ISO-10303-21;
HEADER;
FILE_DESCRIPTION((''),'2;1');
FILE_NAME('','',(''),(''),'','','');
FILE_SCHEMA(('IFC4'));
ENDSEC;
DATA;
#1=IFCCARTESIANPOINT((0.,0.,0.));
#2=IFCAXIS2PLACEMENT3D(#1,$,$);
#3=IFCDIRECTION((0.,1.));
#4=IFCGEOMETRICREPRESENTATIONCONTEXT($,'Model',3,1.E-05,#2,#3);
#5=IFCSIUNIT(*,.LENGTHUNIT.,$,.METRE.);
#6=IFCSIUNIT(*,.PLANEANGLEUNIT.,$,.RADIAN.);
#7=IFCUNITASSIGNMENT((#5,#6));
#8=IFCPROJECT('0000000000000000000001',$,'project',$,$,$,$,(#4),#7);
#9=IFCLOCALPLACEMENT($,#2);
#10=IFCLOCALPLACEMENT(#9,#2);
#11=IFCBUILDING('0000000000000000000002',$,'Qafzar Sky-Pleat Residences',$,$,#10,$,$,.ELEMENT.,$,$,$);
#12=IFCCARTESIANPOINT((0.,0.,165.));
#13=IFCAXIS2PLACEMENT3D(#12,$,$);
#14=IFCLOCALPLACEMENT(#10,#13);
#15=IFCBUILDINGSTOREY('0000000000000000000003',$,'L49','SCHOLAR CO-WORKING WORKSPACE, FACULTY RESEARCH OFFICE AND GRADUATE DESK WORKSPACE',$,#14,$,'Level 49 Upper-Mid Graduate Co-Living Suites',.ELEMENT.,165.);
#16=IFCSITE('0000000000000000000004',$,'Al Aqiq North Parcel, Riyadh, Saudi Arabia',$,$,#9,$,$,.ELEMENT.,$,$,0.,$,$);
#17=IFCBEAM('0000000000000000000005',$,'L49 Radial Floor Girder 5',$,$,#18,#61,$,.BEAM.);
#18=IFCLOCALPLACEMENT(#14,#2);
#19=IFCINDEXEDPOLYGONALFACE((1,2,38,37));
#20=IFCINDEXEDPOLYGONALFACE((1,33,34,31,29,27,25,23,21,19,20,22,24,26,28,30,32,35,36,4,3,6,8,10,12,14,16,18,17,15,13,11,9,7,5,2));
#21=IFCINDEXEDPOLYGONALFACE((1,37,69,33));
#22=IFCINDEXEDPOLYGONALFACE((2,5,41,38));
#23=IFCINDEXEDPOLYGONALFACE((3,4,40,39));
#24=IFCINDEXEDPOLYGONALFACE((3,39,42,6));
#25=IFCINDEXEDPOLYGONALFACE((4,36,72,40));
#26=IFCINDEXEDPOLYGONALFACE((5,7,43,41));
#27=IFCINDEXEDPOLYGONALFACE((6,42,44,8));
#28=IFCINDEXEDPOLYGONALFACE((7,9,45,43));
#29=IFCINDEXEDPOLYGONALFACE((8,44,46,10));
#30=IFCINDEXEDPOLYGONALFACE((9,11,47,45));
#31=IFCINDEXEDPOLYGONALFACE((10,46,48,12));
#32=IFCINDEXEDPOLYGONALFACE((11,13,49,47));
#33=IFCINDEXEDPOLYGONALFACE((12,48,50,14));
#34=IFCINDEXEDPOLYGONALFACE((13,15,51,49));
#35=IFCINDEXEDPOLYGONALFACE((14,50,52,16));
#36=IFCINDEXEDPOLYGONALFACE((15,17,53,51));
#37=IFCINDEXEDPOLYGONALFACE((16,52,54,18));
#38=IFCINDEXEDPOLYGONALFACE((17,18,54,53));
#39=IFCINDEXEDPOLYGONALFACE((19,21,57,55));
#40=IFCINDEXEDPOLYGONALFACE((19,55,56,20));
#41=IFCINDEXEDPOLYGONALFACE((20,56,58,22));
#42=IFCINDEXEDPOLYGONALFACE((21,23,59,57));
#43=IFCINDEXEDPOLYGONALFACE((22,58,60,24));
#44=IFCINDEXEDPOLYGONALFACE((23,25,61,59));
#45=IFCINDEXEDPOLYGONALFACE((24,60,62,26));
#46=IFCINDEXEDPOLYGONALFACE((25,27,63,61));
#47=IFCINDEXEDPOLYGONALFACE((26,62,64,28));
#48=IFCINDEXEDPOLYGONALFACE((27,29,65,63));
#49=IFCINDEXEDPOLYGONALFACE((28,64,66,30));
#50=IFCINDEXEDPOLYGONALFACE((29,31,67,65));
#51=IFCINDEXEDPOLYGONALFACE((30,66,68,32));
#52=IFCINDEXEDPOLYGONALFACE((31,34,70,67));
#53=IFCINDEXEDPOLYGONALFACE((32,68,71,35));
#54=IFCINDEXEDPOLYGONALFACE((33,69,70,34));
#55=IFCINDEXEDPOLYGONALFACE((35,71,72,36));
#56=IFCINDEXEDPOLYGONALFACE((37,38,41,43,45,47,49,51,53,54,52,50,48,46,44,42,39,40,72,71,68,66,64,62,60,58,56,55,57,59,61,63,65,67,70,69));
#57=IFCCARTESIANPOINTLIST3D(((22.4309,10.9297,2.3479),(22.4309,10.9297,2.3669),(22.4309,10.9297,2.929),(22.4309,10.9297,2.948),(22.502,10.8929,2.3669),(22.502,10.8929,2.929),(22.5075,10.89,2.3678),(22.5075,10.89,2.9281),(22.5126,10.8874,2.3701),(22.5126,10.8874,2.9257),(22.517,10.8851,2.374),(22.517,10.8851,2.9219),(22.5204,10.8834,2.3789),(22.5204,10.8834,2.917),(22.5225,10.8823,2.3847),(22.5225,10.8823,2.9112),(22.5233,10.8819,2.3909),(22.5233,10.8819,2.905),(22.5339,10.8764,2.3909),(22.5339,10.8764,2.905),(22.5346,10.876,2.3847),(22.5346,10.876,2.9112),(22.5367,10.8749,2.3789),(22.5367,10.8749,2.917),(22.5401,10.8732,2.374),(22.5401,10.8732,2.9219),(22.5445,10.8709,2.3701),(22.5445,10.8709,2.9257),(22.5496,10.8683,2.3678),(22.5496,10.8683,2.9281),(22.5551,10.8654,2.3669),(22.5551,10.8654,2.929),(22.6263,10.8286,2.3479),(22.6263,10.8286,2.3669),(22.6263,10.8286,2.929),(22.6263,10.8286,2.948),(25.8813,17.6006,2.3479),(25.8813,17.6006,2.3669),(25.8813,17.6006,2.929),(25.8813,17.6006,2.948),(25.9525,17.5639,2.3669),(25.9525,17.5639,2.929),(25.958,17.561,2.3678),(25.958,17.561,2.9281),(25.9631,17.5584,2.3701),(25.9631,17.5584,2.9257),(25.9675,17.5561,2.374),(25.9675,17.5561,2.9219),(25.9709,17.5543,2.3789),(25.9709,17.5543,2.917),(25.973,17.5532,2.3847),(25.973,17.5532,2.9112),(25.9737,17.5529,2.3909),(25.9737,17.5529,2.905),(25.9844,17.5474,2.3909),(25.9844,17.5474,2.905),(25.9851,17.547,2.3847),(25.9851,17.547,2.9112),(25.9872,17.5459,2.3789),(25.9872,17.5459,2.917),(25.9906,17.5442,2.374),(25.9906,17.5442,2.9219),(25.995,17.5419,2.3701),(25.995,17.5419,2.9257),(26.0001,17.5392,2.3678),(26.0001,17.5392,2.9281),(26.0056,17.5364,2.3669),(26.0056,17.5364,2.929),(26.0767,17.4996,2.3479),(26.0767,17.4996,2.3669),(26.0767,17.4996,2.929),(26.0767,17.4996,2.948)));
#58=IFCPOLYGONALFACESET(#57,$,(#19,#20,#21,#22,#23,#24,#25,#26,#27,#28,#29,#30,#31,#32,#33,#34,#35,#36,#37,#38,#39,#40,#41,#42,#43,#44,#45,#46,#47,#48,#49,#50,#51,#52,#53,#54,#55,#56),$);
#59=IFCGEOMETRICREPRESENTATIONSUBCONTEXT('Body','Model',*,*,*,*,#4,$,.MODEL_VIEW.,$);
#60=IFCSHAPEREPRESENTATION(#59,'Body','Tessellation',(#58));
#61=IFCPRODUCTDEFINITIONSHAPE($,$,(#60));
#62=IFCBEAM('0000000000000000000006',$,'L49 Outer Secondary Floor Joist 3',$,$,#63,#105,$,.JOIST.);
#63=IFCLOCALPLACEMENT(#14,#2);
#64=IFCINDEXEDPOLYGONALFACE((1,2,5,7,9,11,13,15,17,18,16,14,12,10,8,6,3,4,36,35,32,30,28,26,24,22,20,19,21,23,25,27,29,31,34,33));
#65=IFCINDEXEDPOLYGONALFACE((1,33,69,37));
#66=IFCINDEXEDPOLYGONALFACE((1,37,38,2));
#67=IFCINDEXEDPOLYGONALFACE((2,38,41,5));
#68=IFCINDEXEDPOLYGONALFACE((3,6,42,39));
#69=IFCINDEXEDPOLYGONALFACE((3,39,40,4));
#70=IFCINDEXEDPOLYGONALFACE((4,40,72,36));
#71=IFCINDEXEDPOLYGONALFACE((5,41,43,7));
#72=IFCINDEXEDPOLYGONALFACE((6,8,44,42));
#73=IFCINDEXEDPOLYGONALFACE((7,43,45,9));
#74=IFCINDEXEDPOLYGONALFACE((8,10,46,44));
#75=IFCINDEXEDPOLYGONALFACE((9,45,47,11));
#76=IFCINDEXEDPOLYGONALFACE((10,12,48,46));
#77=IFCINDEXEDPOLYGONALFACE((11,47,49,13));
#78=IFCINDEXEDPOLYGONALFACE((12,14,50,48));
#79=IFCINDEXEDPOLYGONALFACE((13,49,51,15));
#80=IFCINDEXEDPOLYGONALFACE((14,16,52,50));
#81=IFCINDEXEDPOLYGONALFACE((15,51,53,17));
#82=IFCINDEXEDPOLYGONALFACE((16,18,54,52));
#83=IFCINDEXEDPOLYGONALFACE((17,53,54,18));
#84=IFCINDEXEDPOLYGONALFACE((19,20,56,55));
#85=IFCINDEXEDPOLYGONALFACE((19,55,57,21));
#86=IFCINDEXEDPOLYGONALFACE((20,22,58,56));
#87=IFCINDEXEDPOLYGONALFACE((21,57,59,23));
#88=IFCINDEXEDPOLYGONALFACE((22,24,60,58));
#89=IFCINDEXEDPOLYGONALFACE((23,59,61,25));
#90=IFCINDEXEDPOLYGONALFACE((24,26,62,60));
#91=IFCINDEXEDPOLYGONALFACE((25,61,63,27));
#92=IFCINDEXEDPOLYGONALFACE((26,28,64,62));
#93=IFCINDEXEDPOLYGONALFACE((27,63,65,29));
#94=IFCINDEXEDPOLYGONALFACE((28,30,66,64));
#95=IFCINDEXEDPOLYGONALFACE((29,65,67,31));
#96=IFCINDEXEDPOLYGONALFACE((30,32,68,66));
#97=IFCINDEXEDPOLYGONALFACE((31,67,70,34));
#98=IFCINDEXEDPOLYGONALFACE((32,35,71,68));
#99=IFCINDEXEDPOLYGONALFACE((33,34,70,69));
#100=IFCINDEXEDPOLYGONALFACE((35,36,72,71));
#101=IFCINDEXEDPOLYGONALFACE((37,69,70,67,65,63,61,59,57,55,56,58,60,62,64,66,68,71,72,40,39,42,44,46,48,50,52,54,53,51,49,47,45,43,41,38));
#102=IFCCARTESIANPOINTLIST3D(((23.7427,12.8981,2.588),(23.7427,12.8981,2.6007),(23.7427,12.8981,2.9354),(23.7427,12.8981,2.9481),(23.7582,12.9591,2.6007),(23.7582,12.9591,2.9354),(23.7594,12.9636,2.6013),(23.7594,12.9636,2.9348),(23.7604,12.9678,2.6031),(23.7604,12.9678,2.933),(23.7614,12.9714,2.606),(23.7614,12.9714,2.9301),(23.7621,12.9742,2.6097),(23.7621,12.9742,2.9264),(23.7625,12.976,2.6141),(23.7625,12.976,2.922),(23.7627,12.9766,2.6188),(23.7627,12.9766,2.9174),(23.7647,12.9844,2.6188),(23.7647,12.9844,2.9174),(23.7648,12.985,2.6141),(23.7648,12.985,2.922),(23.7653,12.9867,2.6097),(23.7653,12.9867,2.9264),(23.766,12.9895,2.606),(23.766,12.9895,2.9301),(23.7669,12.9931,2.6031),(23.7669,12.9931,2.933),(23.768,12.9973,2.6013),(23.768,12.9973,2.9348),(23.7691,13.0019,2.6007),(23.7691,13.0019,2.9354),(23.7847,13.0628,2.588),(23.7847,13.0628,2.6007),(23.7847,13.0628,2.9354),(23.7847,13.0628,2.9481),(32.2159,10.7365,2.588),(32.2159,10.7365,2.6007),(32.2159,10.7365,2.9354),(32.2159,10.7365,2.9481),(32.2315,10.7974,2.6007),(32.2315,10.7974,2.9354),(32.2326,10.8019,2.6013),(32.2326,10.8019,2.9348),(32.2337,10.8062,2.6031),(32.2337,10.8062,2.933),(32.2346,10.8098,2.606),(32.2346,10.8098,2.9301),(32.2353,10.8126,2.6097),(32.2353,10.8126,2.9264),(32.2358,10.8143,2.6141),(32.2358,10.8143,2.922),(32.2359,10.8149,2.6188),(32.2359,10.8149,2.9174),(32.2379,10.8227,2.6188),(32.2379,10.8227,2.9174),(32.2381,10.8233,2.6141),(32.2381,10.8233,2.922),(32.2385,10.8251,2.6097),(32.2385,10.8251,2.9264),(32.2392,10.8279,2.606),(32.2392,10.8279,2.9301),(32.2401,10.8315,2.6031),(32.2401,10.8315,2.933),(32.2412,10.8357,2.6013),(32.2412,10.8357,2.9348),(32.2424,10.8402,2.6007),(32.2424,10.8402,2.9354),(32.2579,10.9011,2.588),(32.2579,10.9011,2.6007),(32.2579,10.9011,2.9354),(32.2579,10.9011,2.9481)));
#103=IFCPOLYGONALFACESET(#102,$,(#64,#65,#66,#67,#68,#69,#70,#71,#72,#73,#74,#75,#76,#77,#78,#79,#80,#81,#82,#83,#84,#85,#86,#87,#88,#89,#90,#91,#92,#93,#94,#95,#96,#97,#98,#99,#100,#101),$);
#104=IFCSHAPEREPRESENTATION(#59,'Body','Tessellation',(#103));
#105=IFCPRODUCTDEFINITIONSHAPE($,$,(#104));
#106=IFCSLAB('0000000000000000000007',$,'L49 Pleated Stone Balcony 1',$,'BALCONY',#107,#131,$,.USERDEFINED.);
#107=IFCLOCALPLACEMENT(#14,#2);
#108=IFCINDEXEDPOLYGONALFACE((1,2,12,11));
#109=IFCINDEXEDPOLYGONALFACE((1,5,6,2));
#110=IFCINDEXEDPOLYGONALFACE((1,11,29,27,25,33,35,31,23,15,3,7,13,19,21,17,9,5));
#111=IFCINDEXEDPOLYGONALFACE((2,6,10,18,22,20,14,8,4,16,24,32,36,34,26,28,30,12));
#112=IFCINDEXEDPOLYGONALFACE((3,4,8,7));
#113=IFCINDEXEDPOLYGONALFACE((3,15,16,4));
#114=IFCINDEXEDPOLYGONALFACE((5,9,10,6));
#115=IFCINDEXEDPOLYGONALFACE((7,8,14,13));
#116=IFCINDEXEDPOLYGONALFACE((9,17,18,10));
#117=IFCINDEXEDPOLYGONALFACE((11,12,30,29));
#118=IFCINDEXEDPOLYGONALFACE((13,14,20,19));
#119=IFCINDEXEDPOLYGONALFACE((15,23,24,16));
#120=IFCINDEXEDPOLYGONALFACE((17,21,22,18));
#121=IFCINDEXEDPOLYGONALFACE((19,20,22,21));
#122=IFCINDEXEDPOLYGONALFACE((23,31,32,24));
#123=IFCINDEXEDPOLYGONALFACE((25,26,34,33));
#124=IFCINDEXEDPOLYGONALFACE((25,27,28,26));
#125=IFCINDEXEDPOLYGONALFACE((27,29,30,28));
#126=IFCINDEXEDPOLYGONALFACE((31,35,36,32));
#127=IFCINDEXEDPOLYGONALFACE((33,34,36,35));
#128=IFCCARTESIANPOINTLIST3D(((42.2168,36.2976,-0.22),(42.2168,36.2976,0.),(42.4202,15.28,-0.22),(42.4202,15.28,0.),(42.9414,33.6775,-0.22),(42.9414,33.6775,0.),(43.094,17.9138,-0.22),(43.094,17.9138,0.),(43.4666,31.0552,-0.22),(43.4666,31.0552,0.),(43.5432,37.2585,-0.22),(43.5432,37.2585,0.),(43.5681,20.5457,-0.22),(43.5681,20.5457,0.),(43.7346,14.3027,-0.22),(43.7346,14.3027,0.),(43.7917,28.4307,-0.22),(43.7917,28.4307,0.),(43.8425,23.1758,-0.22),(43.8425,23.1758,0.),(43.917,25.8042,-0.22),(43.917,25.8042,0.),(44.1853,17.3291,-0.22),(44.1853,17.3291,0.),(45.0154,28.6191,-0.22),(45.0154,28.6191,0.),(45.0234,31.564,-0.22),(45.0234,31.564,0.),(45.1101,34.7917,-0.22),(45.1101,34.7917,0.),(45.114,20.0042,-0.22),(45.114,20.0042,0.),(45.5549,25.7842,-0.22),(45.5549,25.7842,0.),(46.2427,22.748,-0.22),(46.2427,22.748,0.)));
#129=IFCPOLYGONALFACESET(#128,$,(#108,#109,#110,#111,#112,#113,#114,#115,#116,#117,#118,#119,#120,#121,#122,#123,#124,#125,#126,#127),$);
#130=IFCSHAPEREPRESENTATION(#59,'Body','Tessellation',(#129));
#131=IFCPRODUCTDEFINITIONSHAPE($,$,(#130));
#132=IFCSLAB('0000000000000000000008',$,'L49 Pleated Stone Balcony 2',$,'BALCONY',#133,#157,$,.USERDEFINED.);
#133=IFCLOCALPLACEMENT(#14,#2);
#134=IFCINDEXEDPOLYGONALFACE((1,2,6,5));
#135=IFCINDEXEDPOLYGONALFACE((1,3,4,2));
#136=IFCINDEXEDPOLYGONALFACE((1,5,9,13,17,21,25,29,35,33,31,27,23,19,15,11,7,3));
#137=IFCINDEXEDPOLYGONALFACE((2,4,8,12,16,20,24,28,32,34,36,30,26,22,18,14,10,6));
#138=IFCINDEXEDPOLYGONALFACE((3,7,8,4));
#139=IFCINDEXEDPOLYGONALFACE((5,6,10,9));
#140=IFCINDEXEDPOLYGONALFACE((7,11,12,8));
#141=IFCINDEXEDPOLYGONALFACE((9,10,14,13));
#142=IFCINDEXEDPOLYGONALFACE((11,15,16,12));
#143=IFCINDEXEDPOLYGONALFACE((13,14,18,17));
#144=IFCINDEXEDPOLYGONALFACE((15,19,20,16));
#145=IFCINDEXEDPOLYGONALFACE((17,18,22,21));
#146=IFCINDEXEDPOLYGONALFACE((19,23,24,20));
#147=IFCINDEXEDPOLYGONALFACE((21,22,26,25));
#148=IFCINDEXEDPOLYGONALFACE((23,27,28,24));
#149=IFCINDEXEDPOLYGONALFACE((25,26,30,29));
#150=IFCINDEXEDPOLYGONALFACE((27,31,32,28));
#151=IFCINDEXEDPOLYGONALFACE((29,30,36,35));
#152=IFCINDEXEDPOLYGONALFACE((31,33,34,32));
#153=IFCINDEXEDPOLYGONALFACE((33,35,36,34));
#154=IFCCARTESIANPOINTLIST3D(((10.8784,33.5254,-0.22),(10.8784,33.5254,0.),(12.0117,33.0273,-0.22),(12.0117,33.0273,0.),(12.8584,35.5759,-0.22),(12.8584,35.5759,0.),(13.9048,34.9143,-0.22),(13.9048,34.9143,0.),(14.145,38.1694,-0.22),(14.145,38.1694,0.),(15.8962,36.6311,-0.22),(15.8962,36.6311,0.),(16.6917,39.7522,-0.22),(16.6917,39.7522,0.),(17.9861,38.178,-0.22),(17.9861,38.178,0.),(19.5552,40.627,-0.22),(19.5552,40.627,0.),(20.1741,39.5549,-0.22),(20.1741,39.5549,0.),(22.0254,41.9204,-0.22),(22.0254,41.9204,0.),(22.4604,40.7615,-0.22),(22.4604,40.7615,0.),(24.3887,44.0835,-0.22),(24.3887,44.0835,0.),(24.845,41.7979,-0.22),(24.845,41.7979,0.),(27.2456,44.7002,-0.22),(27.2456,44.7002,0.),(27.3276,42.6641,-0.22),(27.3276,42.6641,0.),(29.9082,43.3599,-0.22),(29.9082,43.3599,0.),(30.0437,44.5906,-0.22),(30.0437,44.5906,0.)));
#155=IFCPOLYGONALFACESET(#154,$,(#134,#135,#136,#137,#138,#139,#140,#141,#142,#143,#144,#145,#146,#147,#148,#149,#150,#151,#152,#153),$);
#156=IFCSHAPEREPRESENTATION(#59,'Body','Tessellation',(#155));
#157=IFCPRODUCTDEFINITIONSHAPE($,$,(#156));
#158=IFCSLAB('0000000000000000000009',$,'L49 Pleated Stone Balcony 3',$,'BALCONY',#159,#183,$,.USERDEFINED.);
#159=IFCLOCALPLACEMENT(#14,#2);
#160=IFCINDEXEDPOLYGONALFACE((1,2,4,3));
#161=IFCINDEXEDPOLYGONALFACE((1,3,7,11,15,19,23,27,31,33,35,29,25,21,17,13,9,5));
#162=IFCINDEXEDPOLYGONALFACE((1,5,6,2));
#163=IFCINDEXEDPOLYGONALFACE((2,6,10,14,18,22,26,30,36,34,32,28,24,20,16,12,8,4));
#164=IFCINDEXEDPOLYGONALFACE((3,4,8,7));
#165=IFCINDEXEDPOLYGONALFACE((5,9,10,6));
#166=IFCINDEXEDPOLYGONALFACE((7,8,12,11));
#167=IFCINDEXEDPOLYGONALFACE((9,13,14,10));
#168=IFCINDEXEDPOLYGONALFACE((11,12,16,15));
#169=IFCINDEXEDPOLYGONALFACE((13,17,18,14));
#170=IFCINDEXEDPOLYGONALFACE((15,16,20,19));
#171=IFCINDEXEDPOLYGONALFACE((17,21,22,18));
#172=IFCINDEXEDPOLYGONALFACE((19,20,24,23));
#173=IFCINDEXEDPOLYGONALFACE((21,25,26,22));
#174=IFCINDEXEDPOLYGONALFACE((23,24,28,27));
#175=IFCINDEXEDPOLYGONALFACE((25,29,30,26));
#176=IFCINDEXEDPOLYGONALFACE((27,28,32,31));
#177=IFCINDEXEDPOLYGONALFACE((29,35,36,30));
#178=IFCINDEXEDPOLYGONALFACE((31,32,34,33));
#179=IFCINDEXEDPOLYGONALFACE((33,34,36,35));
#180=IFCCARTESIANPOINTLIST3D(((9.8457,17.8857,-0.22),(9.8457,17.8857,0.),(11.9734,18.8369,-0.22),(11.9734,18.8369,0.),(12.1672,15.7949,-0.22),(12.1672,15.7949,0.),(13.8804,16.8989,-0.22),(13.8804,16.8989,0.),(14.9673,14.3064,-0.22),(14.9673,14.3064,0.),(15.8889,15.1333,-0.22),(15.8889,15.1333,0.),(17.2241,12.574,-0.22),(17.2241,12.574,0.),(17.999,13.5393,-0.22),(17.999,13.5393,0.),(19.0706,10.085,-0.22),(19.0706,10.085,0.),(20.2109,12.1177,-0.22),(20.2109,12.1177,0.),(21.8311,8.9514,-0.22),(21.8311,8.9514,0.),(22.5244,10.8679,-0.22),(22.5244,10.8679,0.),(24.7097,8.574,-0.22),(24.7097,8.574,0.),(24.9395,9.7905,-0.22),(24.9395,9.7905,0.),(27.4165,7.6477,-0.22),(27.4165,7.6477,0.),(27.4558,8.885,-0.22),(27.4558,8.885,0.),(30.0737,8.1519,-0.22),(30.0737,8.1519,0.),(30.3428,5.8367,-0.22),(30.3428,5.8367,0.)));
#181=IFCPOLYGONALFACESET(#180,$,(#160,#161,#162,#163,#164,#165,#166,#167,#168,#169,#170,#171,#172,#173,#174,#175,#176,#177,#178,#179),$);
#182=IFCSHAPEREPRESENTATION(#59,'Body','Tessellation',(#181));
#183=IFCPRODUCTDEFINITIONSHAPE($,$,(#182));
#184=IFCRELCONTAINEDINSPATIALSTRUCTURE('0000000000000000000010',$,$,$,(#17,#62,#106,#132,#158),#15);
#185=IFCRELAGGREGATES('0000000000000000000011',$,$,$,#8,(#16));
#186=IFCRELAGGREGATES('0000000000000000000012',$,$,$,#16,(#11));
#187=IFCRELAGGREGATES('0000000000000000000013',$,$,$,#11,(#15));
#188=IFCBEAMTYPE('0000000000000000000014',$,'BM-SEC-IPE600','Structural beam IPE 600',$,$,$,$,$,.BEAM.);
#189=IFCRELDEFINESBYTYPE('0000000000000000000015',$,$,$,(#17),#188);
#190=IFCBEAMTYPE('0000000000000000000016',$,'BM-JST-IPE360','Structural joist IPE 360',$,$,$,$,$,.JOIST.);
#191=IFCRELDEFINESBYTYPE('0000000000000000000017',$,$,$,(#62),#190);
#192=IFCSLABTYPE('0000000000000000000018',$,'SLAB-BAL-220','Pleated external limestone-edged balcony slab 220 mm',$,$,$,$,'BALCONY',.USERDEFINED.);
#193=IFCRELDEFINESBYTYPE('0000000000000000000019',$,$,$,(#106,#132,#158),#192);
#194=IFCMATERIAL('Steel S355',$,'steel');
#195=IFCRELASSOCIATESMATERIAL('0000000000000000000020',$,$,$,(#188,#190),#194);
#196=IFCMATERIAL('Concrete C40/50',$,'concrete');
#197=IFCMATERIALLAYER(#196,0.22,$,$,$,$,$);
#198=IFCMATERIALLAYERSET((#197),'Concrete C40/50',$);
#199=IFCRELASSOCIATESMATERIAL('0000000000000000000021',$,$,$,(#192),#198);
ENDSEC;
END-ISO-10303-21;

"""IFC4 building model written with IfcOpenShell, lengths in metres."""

from ifc_helpers import new_model, si_unit, direction, frame, origin, origin_2d, place, context, subcontext, project, spatial, polyline, i_section, outline, extrude, source, transform, mapped, material, layer, layer_set, material_profile, profile_set, type_object, element, save


model = new_model("IFC4")

# Units and contexts
model_context = context("Model", 3, precision=1e-05, world=origin(), true_north=direction((0.0, 1.0)))
body_context = subcontext(model_context, "Body", "Model", "MODEL_VIEW")
ifc_project = project(units=[si_unit("LENGTHUNIT", "METRE"), si_unit("PLANEANGLEUNIT", "RADIAN")], contexts=[model_context])

# Site, building, storey
site_placement = place(None, origin())
site = spatial("IfcSite", under=ifc_project, at=site_placement, Name="Al Aqiq North Parcel, Riyadh, Saudi Arabia", CompositionType="ELEMENT", RefElevation=0.0)
building_placement = place(site_placement, origin())
building = spatial("IfcBuilding", under=site, at=building_placement, Name="Qafzar Sky-Pleat Residences", CompositionType="ELEMENT")
storey_placement = place(building_placement, frame((0.0, 0.0, 165.0)))
storey = spatial("IfcBuildingStorey", under=building, at=storey_placement, Name="L49", Description="SCHOLAR CO-WORKING WORKSPACE, FACULTY RESEARCH OFFICE AND GRADUATE DESK WORKSPACE", LongName="Level 49 Upper-Mid Graduate Co-Living Suites", CompositionType="ELEMENT", Elevation=165.0)

# Shared definitions
ifc_material_1 = material(Name="Steel S355", Category="steel")

# Beams
ifc_material_profile_1 = material_profile(ifc_material_1, i_section(OverallWidth=0.22, OverallDepth=0.6001, WebThickness=0.012, FlangeThickness=0.019, FilletRadius=0.0239, at=origin_2d()), Name="IPE 600")
ifc_profile_set_1 = profile_set([ifc_material_profile_1], Name="Steel S355")
beam_type_1 = type_object("IfcBeamType", Name="BM-SEC-IPE600", Description="Structural beam IPE 600", PredefinedType="BEAM", material=ifc_profile_set_1)
shared_shape_1 = source(origin(), body_context, "Body", "SweptSolid", [
    extrude(i_section(OverallWidth=0.22, OverallDepth=0.6001, WebThickness=0.012, FlangeThickness=0.019, FilletRadius=0.0239, at=origin_2d()), origin(), (0.0, 0.0, 1.0), 7.5105),
])
beam_1_placement = place(storey_placement, frame((22.5286, 10.8792, 2.6479), z_axis=(0.45942, 0.888219, 0.0), x_axis=(-0.888219, 0.45942, 0.0)))
element("IfcBeam", 1, at=beam_1_placement, inside=storey, type_object=beam_type_1, Name="L49 Radial Floor Girder 5", PredefinedType="BEAM", context=body_context, shape_type="MappedRepresentation", body=[
    mapped(shared_shape_1, transform((0.0, 0.0, 0.0), x_axis=(1.0, 0.0, 0.0), y_axis=(0.0, 1.0, 0.0), z_axis=(0.0, 0.0, 1.0), scale=1.0)),
])
ifc_material_profile_2 = material_profile(ifc_material_1, i_section(OverallWidth=0.1699, OverallDepth=0.3601, WebThickness=0.0081, FlangeThickness=0.0127, FilletRadius=0.0181, at=origin_2d()), Name="IPE 360")
ifc_profile_set_2 = profile_set([ifc_material_profile_2], Name="Steel S355")
beam_type_2 = type_object("IfcBeamType", Name="BM-JST-IPE360", Description="Structural joist IPE 360", PredefinedType="JOIST", material=ifc_profile_set_2)
shared_shape_2 = source(origin(), body_context, "Body", "SweptSolid", [
    extrude(i_section(OverallWidth=0.1699, OverallDepth=0.3601, WebThickness=0.0081, FlangeThickness=0.0127, FilletRadius=0.0181, at=origin_2d()), origin(), (0.0, 0.0, 1.0), 8.7446),
])
beam_2_placement = place(storey_placement, frame((23.7637, 12.9805, 2.7681), z_axis=(0.968965, -0.247197, 0.0), x_axis=(0.247197, 0.968965, 0.0)))
element("IfcBeam", 2, at=beam_2_placement, inside=storey, type_object=beam_type_2, Name="L49 Outer Secondary Floor Joist 3", PredefinedType="JOIST", context=body_context, shape_type="MappedRepresentation", body=[
    mapped(shared_shape_2, transform((0.0, 0.0, 0.0), x_axis=(1.0, 0.0, 0.0), y_axis=(0.0, 1.0, 0.0), z_axis=(0.0, 0.0, 1.0), scale=1.0)),
])

# Slabs
ifc_material_2 = material(Name="Concrete C40/50", Category="concrete")
ifc_layer_1 = layer(ifc_material_2, 0.22)
ifc_layer_set_1 = layer_set([ifc_layer_1], Name="Concrete C40/50")
slab_type_1 = type_object("IfcSlabType", Name="SLAB-BAL-220", Description="Pleated external limestone-edged balcony slab 220 mm", ElementType="BALCONY", PredefinedType="USERDEFINED", material=ifc_layer_set_1)
slab_1_placement = place(storey_placement, frame((0.0, 0.0, -0.22)))
element("IfcSlab", 3, at=slab_1_placement, inside=storey, type_object=slab_type_1, Name="L49 Pleated Stone Balcony 1", ObjectType="BALCONY", PredefinedType="USERDEFINED", context=body_context, shape_type="SweptSolid", body=[
    extrude(outline(polyline([(43.094, 17.9138), (43.5681, 20.5457), (43.8425, 23.1758), (43.917, 25.8042), (43.7917, 28.4307), (43.4666, 31.0552), (42.9414, 33.6775), (42.2168, 36.2976), (43.5432, 37.2585), (45.1101, 34.7917), (45.0234, 31.564), (45.0154, 28.6191), (45.5549, 25.7842), (46.2427, 22.748), (45.114, 20.0042), (44.1853, 17.3291), (43.7346, 14.3027), (42.4202, 15.28), (43.094, 17.9138)])), origin(), (0.0, 0.0, 1.0), 0.22),
])
slab_2_placement = place(storey_placement, frame((0.0, 0.0, -0.22)))
element("IfcSlab", 4, at=slab_2_placement, inside=storey, type_object=slab_type_1, Name="L49 Pleated Stone Balcony 2", ObjectType="BALCONY", PredefinedType="USERDEFINED", context=body_context, shape_type="SweptSolid", body=[
    extrude(outline(polyline([(27.3276, 42.6641), (24.845, 41.7979), (22.4604, 40.7615), (20.1741, 39.5549), (17.9861, 38.178), (15.8962, 36.6311), (13.9048, 34.9143), (12.0117, 33.0273), (10.8784, 33.5254), (12.8584, 35.5759), (14.145, 38.1694), (16.6917, 39.7522), (19.5552, 40.627), (22.0254, 41.9204), (24.3887, 44.0835), (27.2456, 44.7002), (30.0437, 44.5906), (29.9082, 43.3599), (27.3276, 42.6641)])), origin(), (0.0, 0.0, 1.0), 0.22),
])
slab_3_placement = place(storey_placement, frame((0.0, 0.0, -0.22)))
element("IfcSlab", 5, at=slab_3_placement, inside=storey, type_object=slab_type_1, Name="L49 Pleated Stone Balcony 3", ObjectType="BALCONY", PredefinedType="USERDEFINED", context=body_context, shape_type="SweptSolid", body=[
    extrude(outline(polyline([(13.8804, 16.8989), (15.8889, 15.1333), (17.999, 13.5393), (20.2109, 12.1177), (22.5244, 10.8679), (24.9395, 9.7905), (27.4558, 8.885), (30.0737, 8.1519), (30.3428, 5.8367), (27.4165, 7.6477), (24.7097, 8.574), (21.8311, 8.9514), (19.0706, 10.085), (17.2241, 12.574), (14.9673, 14.3064), (12.1672, 15.7949), (9.8457, 17.8857), (11.9734, 18.8369), (13.8804, 16.8989)])), origin(), (0.0, 0.0, 1.0), 0.22),
])

save(model, "model.ifc")
